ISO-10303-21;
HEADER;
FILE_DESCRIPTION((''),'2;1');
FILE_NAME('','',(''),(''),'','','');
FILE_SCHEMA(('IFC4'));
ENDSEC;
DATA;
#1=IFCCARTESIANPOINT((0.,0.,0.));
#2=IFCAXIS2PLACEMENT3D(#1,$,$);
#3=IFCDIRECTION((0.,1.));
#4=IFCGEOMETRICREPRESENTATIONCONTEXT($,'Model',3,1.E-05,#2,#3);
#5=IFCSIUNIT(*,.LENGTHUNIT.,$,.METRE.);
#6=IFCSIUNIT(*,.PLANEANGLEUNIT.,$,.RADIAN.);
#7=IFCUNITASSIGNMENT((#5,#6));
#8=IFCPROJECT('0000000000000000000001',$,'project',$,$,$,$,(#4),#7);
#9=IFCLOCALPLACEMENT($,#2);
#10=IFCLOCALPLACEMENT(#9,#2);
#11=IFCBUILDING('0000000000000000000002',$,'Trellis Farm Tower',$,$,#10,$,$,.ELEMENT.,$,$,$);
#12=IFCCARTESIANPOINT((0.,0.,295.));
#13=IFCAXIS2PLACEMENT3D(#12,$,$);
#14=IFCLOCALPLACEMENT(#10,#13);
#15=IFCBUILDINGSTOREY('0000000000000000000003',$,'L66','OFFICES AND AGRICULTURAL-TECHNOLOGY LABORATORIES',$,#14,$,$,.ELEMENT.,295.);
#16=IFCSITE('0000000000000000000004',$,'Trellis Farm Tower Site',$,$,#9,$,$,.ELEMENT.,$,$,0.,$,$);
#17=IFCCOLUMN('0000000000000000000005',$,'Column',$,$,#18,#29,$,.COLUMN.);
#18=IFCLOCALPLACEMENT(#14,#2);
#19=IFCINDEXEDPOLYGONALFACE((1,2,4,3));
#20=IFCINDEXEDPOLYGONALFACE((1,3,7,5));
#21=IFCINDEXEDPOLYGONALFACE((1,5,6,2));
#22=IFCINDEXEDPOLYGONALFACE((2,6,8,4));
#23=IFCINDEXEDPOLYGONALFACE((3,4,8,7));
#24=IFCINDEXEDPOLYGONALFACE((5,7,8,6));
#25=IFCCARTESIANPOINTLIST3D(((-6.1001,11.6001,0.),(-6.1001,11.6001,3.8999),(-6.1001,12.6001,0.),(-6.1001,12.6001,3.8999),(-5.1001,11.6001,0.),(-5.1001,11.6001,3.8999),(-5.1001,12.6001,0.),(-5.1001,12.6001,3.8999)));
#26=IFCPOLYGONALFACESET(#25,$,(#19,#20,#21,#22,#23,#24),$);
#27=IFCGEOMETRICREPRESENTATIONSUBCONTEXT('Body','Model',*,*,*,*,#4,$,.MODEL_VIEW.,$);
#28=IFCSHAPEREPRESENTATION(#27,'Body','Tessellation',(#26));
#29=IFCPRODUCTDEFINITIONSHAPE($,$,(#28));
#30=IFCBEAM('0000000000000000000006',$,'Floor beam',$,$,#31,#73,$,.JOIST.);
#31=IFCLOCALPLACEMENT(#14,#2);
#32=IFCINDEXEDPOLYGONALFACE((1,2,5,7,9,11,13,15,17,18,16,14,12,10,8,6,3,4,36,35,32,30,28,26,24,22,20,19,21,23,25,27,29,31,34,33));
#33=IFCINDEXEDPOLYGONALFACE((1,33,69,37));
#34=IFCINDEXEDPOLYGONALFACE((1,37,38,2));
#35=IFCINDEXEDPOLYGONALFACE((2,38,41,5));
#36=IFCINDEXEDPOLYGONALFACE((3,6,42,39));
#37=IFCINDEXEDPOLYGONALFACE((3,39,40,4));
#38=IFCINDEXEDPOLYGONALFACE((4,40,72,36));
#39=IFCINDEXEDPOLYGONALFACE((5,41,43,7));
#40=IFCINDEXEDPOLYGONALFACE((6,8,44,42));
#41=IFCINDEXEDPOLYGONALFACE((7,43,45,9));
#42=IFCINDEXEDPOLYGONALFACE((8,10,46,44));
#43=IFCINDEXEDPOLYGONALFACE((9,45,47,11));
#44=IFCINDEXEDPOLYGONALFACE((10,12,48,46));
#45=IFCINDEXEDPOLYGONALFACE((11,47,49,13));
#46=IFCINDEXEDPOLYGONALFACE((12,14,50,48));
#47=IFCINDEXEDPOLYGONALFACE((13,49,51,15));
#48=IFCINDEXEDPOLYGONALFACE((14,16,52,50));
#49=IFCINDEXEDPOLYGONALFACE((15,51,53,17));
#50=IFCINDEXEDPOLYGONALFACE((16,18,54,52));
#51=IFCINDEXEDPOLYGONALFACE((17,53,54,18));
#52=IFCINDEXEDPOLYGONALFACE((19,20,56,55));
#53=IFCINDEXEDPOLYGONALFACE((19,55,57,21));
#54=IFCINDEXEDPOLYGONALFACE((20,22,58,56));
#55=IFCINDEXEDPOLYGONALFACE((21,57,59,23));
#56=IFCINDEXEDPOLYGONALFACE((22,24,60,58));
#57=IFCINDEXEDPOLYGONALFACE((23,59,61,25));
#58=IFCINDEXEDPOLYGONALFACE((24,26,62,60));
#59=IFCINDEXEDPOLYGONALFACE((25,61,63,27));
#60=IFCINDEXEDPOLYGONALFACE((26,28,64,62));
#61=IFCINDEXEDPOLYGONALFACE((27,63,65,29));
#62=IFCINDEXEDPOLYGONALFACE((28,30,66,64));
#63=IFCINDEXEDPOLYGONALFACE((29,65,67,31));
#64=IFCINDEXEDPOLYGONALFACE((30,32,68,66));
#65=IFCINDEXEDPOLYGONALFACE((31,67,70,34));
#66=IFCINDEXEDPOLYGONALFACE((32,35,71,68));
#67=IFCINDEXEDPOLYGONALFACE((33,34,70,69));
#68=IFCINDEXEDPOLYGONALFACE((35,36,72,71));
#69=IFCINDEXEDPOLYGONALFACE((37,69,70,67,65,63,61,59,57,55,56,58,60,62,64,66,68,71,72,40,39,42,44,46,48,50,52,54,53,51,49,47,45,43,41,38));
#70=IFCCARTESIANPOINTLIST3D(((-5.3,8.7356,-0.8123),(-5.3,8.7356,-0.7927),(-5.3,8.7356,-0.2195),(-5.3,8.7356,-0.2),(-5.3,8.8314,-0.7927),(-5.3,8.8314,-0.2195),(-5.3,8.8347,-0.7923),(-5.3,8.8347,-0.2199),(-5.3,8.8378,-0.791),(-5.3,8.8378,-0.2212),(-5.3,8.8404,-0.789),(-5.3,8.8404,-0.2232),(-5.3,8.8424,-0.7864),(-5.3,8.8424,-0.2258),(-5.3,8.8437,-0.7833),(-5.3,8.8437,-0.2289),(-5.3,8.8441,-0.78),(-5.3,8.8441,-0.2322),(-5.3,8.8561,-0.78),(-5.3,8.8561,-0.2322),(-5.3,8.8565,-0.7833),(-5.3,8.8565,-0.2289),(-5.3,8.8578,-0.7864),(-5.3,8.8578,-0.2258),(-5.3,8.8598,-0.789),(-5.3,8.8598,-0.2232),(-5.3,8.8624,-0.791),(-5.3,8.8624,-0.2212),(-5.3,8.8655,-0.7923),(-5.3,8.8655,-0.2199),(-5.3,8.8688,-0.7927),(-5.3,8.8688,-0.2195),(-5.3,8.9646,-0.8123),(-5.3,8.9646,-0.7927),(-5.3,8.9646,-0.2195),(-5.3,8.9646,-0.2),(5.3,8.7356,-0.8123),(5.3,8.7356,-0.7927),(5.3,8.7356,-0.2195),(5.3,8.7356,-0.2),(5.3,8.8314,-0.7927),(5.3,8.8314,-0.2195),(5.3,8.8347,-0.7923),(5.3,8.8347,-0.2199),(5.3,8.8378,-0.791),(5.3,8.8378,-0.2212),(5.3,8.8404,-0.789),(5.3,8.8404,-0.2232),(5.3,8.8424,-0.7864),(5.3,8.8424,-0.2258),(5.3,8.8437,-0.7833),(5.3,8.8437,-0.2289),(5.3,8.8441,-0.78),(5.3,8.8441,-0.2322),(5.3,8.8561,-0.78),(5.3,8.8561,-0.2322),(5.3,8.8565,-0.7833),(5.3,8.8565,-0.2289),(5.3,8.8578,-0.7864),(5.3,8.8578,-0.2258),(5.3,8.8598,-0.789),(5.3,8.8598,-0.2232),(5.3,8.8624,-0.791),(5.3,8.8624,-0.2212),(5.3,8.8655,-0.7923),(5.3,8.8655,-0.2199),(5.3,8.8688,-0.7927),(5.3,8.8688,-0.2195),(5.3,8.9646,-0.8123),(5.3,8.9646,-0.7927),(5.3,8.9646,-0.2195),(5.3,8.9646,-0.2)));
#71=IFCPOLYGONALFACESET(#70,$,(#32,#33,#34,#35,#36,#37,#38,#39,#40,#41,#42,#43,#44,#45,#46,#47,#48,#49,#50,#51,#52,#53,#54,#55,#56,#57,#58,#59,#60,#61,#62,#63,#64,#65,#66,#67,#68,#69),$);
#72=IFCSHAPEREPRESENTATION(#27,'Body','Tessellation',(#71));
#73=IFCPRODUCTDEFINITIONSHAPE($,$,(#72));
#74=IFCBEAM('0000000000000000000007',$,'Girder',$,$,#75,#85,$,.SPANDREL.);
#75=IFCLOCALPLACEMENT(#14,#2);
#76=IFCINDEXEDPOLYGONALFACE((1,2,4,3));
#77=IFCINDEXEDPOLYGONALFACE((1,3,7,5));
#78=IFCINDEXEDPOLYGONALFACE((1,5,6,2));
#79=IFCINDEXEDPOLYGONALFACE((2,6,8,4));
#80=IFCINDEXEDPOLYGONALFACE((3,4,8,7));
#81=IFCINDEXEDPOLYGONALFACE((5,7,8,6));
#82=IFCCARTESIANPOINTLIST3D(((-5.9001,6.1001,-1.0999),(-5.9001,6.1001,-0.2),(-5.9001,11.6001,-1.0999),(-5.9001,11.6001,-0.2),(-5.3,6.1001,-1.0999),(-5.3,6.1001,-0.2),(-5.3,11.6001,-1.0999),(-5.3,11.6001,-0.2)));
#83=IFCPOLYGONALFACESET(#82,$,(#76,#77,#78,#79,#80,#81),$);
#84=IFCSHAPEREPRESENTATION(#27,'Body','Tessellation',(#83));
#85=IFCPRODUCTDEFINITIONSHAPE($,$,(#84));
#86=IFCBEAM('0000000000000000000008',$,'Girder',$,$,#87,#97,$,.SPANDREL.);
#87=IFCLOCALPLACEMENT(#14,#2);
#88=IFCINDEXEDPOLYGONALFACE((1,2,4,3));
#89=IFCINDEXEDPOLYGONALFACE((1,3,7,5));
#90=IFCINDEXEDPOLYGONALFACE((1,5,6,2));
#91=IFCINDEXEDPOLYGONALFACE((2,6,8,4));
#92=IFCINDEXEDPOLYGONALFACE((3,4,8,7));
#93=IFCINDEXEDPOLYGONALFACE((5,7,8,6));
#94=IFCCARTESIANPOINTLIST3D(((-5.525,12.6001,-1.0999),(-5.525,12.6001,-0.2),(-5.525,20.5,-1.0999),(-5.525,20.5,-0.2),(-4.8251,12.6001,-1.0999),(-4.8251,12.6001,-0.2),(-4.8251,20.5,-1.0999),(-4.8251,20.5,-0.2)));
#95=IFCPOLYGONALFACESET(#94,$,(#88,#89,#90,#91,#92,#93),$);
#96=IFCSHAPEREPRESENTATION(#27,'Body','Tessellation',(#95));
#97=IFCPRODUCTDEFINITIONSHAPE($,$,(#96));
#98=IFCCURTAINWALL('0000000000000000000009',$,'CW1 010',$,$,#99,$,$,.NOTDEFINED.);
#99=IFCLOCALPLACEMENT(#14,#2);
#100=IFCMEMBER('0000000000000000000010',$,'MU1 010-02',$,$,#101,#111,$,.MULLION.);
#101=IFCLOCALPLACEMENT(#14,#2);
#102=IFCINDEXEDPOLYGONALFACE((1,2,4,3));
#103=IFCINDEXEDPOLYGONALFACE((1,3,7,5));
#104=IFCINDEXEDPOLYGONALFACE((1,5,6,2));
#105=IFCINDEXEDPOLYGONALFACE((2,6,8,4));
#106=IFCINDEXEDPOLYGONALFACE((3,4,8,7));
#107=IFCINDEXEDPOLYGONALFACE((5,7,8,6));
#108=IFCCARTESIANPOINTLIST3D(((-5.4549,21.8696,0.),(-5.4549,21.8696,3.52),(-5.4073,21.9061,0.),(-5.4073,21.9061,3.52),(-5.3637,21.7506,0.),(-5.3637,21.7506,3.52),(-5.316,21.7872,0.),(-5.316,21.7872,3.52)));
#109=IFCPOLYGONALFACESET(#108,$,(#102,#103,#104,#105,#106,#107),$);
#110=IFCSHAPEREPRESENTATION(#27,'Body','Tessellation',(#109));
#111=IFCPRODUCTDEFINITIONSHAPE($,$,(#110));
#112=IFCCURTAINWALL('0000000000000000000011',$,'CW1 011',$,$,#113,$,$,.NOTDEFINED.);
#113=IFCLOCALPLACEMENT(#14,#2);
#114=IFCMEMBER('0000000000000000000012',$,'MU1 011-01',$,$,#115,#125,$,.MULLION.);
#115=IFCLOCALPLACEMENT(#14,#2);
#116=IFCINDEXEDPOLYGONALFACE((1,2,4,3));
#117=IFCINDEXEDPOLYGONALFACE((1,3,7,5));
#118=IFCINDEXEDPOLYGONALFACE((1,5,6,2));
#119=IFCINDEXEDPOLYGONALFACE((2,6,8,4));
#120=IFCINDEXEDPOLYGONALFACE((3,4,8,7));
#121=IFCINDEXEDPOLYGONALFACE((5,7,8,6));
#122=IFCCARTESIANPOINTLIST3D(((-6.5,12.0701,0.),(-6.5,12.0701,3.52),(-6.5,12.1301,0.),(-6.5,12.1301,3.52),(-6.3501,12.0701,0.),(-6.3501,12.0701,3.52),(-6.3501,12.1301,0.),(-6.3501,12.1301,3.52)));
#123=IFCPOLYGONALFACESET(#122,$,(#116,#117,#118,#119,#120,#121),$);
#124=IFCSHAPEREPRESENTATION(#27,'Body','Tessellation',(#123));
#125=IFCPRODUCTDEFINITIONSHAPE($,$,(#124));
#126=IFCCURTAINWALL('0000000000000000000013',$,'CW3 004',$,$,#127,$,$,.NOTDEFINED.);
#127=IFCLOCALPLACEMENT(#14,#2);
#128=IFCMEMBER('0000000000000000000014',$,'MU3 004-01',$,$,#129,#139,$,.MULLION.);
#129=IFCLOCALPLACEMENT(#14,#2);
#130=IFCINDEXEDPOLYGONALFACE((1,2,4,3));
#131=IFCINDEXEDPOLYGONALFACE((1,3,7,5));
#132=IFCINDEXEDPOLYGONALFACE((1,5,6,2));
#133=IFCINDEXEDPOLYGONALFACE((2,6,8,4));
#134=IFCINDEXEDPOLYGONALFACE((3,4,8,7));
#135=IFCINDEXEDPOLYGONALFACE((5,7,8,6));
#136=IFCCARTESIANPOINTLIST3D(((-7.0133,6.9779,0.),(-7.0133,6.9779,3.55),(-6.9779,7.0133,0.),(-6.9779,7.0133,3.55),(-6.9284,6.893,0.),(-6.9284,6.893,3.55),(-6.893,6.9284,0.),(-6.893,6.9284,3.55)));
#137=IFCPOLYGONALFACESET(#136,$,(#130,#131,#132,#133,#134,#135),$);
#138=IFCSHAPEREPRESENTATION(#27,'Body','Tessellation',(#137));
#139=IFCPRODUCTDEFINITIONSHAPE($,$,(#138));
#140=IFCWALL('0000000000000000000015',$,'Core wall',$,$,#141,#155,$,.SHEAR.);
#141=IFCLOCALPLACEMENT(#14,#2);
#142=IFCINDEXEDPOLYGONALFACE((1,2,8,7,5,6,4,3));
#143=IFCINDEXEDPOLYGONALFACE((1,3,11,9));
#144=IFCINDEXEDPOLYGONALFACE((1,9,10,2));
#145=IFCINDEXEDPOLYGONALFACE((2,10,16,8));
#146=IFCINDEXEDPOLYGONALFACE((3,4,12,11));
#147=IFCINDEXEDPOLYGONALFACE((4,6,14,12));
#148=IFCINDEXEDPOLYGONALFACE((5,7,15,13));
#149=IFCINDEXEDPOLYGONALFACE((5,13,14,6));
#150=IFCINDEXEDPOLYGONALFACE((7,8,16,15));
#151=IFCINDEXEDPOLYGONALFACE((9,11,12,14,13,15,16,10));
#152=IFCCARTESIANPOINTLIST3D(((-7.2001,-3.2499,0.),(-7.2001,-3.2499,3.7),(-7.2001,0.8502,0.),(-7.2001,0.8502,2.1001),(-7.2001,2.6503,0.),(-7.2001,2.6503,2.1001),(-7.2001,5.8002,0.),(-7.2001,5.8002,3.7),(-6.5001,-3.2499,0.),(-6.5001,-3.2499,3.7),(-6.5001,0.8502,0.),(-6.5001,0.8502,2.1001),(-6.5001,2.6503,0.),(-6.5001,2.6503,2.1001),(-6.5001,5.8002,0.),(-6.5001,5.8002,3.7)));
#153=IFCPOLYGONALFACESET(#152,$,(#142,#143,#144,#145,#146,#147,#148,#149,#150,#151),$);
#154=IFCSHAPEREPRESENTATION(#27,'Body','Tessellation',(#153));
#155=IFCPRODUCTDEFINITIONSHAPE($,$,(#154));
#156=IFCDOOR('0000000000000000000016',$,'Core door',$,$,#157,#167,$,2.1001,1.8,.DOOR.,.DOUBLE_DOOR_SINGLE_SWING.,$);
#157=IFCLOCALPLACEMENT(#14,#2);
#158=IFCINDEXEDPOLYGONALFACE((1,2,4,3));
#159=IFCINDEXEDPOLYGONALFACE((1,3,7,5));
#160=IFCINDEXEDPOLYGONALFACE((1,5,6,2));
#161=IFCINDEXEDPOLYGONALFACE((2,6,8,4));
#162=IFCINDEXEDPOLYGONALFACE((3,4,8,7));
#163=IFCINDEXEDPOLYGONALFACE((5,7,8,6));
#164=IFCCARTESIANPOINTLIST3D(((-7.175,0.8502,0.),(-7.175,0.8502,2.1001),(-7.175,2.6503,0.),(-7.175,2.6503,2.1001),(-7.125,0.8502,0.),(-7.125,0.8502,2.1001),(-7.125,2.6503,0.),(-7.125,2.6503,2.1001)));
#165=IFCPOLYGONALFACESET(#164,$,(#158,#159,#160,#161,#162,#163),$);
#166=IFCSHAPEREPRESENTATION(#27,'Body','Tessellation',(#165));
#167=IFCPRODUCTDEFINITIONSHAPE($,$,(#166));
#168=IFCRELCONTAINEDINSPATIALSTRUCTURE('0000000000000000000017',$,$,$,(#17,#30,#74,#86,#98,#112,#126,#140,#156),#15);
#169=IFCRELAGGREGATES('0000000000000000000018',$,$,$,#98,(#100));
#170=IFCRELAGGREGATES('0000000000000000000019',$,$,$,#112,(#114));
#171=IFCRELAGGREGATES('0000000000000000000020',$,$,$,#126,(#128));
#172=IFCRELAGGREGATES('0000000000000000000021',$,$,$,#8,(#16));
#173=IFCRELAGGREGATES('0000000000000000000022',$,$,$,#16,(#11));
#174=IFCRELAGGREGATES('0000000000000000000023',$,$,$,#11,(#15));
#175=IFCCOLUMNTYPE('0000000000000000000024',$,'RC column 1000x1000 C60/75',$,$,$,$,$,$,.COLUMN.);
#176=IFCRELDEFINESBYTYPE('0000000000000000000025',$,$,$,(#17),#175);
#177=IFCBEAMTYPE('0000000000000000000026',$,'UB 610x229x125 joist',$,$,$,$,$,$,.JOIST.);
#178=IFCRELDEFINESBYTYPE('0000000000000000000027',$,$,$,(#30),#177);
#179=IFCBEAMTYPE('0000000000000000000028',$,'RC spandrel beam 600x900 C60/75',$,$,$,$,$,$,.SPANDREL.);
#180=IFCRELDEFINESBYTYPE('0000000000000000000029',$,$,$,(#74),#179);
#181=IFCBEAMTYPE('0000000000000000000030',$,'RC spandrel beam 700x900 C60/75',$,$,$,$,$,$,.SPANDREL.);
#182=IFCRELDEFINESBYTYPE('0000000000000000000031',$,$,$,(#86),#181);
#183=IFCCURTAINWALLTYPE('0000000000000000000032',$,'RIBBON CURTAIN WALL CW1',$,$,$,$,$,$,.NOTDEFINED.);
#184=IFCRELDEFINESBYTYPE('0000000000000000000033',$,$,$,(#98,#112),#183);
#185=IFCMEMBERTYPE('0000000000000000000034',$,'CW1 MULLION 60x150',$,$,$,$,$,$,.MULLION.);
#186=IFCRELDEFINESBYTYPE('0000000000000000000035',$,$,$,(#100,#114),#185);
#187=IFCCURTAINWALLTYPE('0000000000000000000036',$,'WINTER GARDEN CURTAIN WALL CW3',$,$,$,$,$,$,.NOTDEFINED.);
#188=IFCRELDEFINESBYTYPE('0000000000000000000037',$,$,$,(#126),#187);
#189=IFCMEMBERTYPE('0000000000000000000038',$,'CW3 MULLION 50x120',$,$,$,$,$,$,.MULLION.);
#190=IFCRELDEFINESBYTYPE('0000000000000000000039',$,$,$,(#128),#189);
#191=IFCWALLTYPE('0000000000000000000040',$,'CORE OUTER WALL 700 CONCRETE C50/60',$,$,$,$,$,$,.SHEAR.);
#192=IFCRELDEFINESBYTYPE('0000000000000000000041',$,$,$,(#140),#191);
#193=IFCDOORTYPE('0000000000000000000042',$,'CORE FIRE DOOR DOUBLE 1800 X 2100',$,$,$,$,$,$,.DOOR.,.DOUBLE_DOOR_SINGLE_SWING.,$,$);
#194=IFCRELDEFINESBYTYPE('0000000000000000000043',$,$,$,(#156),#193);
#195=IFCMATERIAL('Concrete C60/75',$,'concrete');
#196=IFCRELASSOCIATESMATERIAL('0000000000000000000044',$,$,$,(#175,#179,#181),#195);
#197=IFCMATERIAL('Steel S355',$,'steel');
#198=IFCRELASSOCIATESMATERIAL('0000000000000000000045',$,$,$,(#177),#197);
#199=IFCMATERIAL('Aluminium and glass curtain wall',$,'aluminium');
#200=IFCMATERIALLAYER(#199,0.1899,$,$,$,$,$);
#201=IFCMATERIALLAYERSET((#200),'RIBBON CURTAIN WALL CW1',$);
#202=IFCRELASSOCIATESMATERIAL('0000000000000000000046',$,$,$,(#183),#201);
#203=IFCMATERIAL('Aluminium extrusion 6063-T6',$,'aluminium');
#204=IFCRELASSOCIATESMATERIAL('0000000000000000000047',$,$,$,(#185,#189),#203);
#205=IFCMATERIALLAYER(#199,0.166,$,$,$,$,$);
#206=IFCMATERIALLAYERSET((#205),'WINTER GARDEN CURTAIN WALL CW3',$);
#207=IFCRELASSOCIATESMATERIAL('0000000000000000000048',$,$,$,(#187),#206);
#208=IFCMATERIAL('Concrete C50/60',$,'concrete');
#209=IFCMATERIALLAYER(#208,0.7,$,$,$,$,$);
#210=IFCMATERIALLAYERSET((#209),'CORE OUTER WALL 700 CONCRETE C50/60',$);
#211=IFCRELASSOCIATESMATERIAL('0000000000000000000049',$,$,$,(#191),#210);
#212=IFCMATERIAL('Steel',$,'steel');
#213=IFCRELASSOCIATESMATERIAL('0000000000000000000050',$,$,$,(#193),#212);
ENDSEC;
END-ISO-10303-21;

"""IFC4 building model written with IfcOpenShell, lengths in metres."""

from ifc_helpers import new_model, si_unit, direction, frame, frame_2d, origin, origin_2d, place, context, subcontext, project, spatial, rectangle, i_section, extrude, source, transform, mapped, material, layer, layer_set, material_profile, profile_set, type_object, element, fill, aggregate, save


model = new_model("IFC4")

# Units and contexts
model_context = context("Model", 3, precision=1e-05, world=origin(), true_north=direction((0.0, 1.0)))
body_context = subcontext(model_context, "Body", "Model", "MODEL_VIEW")
ifc_project = project(units=[si_unit("LENGTHUNIT", "METRE"), si_unit("PLANEANGLEUNIT", "RADIAN")], contexts=[model_context])

# Site, building, storey
site_placement = place(None, origin())
site = spatial("IfcSite", under=ifc_project, at=site_placement, Name="Trellis Farm Tower Site", CompositionType="ELEMENT", RefElevation=0.0)
building_placement = place(site_placement, origin())
building = spatial("IfcBuilding", under=site, at=building_placement, Name="Trellis Farm Tower", CompositionType="ELEMENT")
storey_placement = place(building_placement, frame((0.0, 0.0, 295.0)))
storey = spatial("IfcBuildingStorey", under=building, at=storey_placement, Name="L66", Description="OFFICES AND AGRICULTURAL-TECHNOLOGY LABORATORIES", CompositionType="ELEMENT", Elevation=295.0)

# Column
ifc_material_1 = material(Name="Concrete C60/75", Category="concrete")
ifc_material_profile_1 = material_profile(ifc_material_1, rectangle(XDim=1.0, YDim=1.0, at=origin_2d()), Name="RC column 1000x1000 C60/75")
ifc_profile_set_1 = profile_set([ifc_material_profile_1], Name="Concrete C60/75")
column_type = type_object("IfcColumnType", Name="RC column 1000x1000 C60/75", PredefinedType="COLUMN", material=ifc_profile_set_1)
shared_shape_1 = source(origin(), body_context, "Body", "SweptSolid", [
    extrude(rectangle(XDim=1.0, YDim=1.0, at=origin_2d()), origin(), (0.0, 0.0, 1.0), 3.8999),
])
column_placement = place(storey_placement, frame((-5.6001, 12.1001, 0.0), z_axis=(0.0, 0.0, 1.0), x_axis=(1.0, 0.0, 0.0)))
element("IfcColumn", 1, at=column_placement, inside=storey, type_object=column_type, Name="Column", PredefinedType="COLUMN", context=body_context, shape_type="MappedRepresentation", body=[
    mapped(shared_shape_1, transform((0.0, 0.0, 0.0))),
])

# Beams
ifc_material_2 = material(Name="Steel S355", Category="steel")
ifc_material_profile_2 = material_profile(ifc_material_2, i_section(OverallWidth=0.229, OverallDepth=0.6123, WebThickness=0.012, FlangeThickness=0.0195, FilletRadius=0.0127, at=origin_2d()), Name="UB 610x229x125")
ifc_profile_set_2 = profile_set([ifc_material_profile_2], Name="Steel S355")
beam_type_1 = type_object("IfcBeamType", Name="UB 610x229x125 joist", PredefinedType="JOIST", material=ifc_profile_set_2)
shared_shape_2 = source(origin(), body_context, "Body", "SweptSolid", [
    extrude(i_section(OverallWidth=0.229, OverallDepth=0.6123, WebThickness=0.012, FlangeThickness=0.0195, FilletRadius=0.0127, at=origin_2d()), origin(), (0.0, 0.0, 1.0), 10.6001),
])
beam_1_placement = place(storey_placement, frame((-5.3, 8.8501, -0.5061), z_axis=(1.0, 0.0, 0.0), x_axis=(0.0, 1.0, 0.0)))
element("IfcBeam", 2, at=beam_1_placement, inside=storey, type_object=beam_type_1, Name="Floor beam", PredefinedType="JOIST", context=body_context, shape_type="MappedRepresentation", body=[
    mapped(shared_shape_2, transform((0.0, 0.0, 0.0))),
])
ifc_material_profile_3 = material_profile(ifc_material_1, rectangle(XDim=0.6001, YDim=0.8999, at=origin_2d()), Name="RC spandrel beam 600x900 C60/75")
ifc_profile_set_3 = profile_set([ifc_material_profile_3], Name="Concrete C60/75")
beam_type_2 = type_object("IfcBeamType", Name="RC spandrel beam 600x900 C60/75", PredefinedType="SPANDREL", material=ifc_profile_set_3)
shared_shape_3 = source(origin(), body_context, "Body", "SweptSolid", [
    extrude(rectangle(XDim=0.6001, YDim=0.8999, at=origin_2d()), origin(), (0.0, 0.0, 1.0), 5.5),
])
beam_2_placement = place(storey_placement, frame((-5.6001, 6.1001, -0.6499), z_axis=(0.0, 1.0, 0.0), x_axis=(-1.0, 0.0, 0.0)))
element("IfcBeam", 3, at=beam_2_placement, inside=storey, type_object=beam_type_2, Name="Girder", PredefinedType="SPANDREL", context=body_context, shape_type="MappedRepresentation", body=[
    mapped(shared_shape_3, transform((0.0, 0.0, 0.0))),
])
ifc_material_profile_4 = material_profile(ifc_material_1, rectangle(XDim=0.7, YDim=0.8999, at=origin_2d()), Name="RC spandrel beam 700x900 C60/75")
ifc_profile_set_4 = profile_set([ifc_material_profile_4], Name="Concrete C60/75")
beam_type_3 = type_object("IfcBeamType", Name="RC spandrel beam 700x900 C60/75", PredefinedType="SPANDREL", material=ifc_profile_set_4)
shared_shape_4 = source(origin(), body_context, "Body", "SweptSolid", [
    extrude(rectangle(XDim=0.7, YDim=0.8999, at=origin_2d()), origin(), (0.0, 0.0, 1.0), 7.8999),
])
beam_3_placement = place(storey_placement, frame((-5.175, 12.6001, -0.6499), z_axis=(0.0, 1.0, 0.0), x_axis=(-1.0, 0.0, 0.0)))
element("IfcBeam", 4, at=beam_3_placement, inside=storey, type_object=beam_type_3, Name="Girder", PredefinedType="SPANDREL", context=body_context, shape_type="MappedRepresentation", body=[
    mapped(shared_shape_4, transform((0.0, 0.0, 0.0))),
])

# Curtain walls, members
ifc_material_3 = material(Name="Aluminium and glass curtain wall", Category="aluminium")
ifc_layer_1 = layer(ifc_material_3, 0.1899)
ifc_layer_set_1 = layer_set([ifc_layer_1], Name="RIBBON CURTAIN WALL CW1")
curtain_wall_type_1 = type_object("IfcCurtainWallType", Name="RIBBON CURTAIN WALL CW1", PredefinedType="NOTDEFINED", material=ifc_layer_set_1)
placement = place(storey_placement, origin())
curtain_wall_1 = element("IfcCurtainWall", 5, at=placement, inside=storey, type_object=curtain_wall_type_1, Name="CW1 010", PredefinedType="NOTDEFINED")
ifc_material_4 = material(Name="Aluminium extrusion 6063-T6", Category="aluminium")
ifc_material_profile_5 = material_profile(ifc_material_4, rectangle(XDim=0.0601, YDim=0.1499, at=origin_2d()), Name="MULLION 60x150")
ifc_profile_set_5 = profile_set([ifc_material_profile_5], Name="Aluminium extrusion 6063-T6")
member_type_1 = type_object("IfcMemberType", Name="CW1 MULLION 60x150", PredefinedType="MULLION", material=ifc_profile_set_5)
shared_shape_5 = source(origin(), body_context, "Body", "SweptSolid", [
    extrude(rectangle(XDim=0.0601, YDim=0.1499, at=origin_2d()), origin(), (0.0, 0.0, 1.0), 3.52),
])
member_1_placement = place(storey_placement, frame((-5.3855, 21.8284, 0.0), z_axis=(0.0, 0.0, 1.0), x_axis=(-0.793353, -0.608761, 0.0)))
member_1 = element("IfcMember", 6, at=member_1_placement, type_object=member_type_1, Name="MU1 010-02", PredefinedType="MULLION", context=body_context, shape_type="MappedRepresentation", body=[
    mapped(shared_shape_5, transform((0.0, 0.0, 0.0))),
])
aggregate(curtain_wall_1, [member_1])
curtain_wall_2 = element("IfcCurtainWall", 7, at=placement, inside=storey, type_object=curtain_wall_type_1, Name="CW1 011", PredefinedType="NOTDEFINED")
member_2_placement = place(storey_placement, frame((-6.425, 12.1001, 0.0), z_axis=(0.0, 0.0, 1.0), x_axis=(0.0, -1.0, 0.0)))
member_2 = element("IfcMember", 8, at=member_2_placement, type_object=member_type_1, Name="MU1 011-01", PredefinedType="MULLION", context=body_context, shape_type="MappedRepresentation", body=[
    mapped(shared_shape_5, transform((0.0, 0.0, 0.0))),
])
aggregate(curtain_wall_2, [member_2])
ifc_layer_2 = layer(ifc_material_3, 0.166)
ifc_layer_set_2 = layer_set([ifc_layer_2], Name="WINTER GARDEN CURTAIN WALL CW3")
curtain_wall_type_2 = type_object("IfcCurtainWallType", Name="WINTER GARDEN CURTAIN WALL CW3", PredefinedType="NOTDEFINED", material=ifc_layer_set_2)
curtain_wall_3 = element("IfcCurtainWall", 9, at=placement, inside=storey, type_object=curtain_wall_type_2, Name="CW3 004", PredefinedType="NOTDEFINED")
ifc_material_profile_6 = material_profile(ifc_material_4, rectangle(XDim=0.05, YDim=0.1201, at=origin_2d()), Name="MULLION 50x120")
ifc_profile_set_6 = profile_set([ifc_material_profile_6], Name="Aluminium extrusion 6063-T6")
member_type_2 = type_object("IfcMemberType", Name="CW3 MULLION 50x120", PredefinedType="MULLION", material=ifc_profile_set_6)
shared_shape_6 = source(origin(), body_context, "Body", "SweptSolid", [
    extrude(rectangle(XDim=0.05, YDim=0.1201, at=origin_2d()), origin(), (0.0, 0.0, 1.0), 3.55),
])
member_3_placement = place(storey_placement, frame((-6.9531, 6.9531, 0.0), z_axis=(0.0, 0.0, 1.0), x_axis=(-0.707107, -0.707107, 0.0)))
member_3 = element("IfcMember", 10, at=member_3_placement, type_object=member_type_2, Name="MU3 004-01", PredefinedType="MULLION", context=body_context, shape_type="MappedRepresentation", body=[
    mapped(shared_shape_6, transform((0.0, 0.0, 0.0))),
])
aggregate(curtain_wall_3, [member_3])

# Wall, opening, door
ifc_material_5 = material(Name="Concrete C50/60", Category="concrete")
ifc_layer_3 = layer(ifc_material_5, 0.7)
ifc_layer_set_3 = layer_set([ifc_layer_3], Name="CORE OUTER WALL 700 CONCRETE C50/60")
wall_type_1 = type_object("IfcWallType", Name="CORE OUTER WALL 700 CONCRETE C50/60", PredefinedType="SHEAR", material=ifc_layer_set_3)
shared_shape_7 = source(origin(), body_context, "Body", "SweptSolid", [
    extrude(rectangle(XDim=9.05, YDim=0.7, at=frame_2d((4.5249, 0.0))), origin(), (0.0, 0.0, 1.0), 3.7),
])
wall_1_placement = place(storey_placement, frame((-6.8501, 5.8, 0.0), z_axis=(0.0, 0.0, 1.0), x_axis=(0.0, -1.0, 0.0)))
wall_1 = element("IfcWall", 11, at=wall_1_placement, inside=storey, type_object=wall_type_1, Name="Core wall", PredefinedType="SHEAR", context=body_context, shape_type="MappedRepresentation", body=[
    mapped(shared_shape_7, transform((0.0, 0.0, 0.0))),
])
shared_shape_8 = source(origin(), body_context, "Body", "SweptSolid", [
    extrude(rectangle(XDim=1.8, YDim=2.1001, at=frame_2d((0.8999, 1.05))), frame((0.0, 0.3601, 0.0), z_axis=(0.0, -1.0, 0.0), x_axis=(1.0, 0.0, 0.0)), (0.0, 0.0, 1.0), 0.7202),
])
opening_1_placement = place(wall_1_placement, frame((3.1499, 0.0, 0.0)))
opening_1 = element("IfcOpeningElement", 12, at=opening_1_placement, cuts=wall_1, PredefinedType="OPENING", context=body_context, shape_type="MappedRepresentation", body=[
    mapped(shared_shape_8, transform((0.0, 0.0, 0.0))),
])
ifc_material_6 = material(Name="Steel", Category="steel")
door_type_1 = type_object("IfcDoorType", Name="CORE FIRE DOOR DOUBLE 1800 X 2100", OperationType="DOUBLE_DOOR_SINGLE_SWING", PredefinedType="DOOR", material=ifc_material_6)
shared_shape_9 = source(origin(), body_context, "Body", "SweptSolid", [
    extrude(rectangle(XDim=1.8, YDim=2.1001, at=frame_2d((0.8999, 1.05))), frame((0.0, -0.2749, 0.0), z_axis=(0.0, -1.0, 0.0), x_axis=(1.0, 0.0, 0.0)), (0.0, 0.0, 1.0), 0.05),
])
door_1_placement = place(opening_1_placement, origin())
door_1 = element("IfcDoor", 13, at=door_1_placement, inside=storey, type_object=door_type_1, Name="Core door", OperationType="DOUBLE_DOOR_SINGLE_SWING", OverallHeight=2.1001, OverallWidth=1.8, PredefinedType="DOOR", context=body_context, shape_type="MappedRepresentation", body=[
    mapped(shared_shape_9, transform((0.0, 0.0, 0.0))),
])
fill(opening_1, door_1)

save(model, "model.ifc")
